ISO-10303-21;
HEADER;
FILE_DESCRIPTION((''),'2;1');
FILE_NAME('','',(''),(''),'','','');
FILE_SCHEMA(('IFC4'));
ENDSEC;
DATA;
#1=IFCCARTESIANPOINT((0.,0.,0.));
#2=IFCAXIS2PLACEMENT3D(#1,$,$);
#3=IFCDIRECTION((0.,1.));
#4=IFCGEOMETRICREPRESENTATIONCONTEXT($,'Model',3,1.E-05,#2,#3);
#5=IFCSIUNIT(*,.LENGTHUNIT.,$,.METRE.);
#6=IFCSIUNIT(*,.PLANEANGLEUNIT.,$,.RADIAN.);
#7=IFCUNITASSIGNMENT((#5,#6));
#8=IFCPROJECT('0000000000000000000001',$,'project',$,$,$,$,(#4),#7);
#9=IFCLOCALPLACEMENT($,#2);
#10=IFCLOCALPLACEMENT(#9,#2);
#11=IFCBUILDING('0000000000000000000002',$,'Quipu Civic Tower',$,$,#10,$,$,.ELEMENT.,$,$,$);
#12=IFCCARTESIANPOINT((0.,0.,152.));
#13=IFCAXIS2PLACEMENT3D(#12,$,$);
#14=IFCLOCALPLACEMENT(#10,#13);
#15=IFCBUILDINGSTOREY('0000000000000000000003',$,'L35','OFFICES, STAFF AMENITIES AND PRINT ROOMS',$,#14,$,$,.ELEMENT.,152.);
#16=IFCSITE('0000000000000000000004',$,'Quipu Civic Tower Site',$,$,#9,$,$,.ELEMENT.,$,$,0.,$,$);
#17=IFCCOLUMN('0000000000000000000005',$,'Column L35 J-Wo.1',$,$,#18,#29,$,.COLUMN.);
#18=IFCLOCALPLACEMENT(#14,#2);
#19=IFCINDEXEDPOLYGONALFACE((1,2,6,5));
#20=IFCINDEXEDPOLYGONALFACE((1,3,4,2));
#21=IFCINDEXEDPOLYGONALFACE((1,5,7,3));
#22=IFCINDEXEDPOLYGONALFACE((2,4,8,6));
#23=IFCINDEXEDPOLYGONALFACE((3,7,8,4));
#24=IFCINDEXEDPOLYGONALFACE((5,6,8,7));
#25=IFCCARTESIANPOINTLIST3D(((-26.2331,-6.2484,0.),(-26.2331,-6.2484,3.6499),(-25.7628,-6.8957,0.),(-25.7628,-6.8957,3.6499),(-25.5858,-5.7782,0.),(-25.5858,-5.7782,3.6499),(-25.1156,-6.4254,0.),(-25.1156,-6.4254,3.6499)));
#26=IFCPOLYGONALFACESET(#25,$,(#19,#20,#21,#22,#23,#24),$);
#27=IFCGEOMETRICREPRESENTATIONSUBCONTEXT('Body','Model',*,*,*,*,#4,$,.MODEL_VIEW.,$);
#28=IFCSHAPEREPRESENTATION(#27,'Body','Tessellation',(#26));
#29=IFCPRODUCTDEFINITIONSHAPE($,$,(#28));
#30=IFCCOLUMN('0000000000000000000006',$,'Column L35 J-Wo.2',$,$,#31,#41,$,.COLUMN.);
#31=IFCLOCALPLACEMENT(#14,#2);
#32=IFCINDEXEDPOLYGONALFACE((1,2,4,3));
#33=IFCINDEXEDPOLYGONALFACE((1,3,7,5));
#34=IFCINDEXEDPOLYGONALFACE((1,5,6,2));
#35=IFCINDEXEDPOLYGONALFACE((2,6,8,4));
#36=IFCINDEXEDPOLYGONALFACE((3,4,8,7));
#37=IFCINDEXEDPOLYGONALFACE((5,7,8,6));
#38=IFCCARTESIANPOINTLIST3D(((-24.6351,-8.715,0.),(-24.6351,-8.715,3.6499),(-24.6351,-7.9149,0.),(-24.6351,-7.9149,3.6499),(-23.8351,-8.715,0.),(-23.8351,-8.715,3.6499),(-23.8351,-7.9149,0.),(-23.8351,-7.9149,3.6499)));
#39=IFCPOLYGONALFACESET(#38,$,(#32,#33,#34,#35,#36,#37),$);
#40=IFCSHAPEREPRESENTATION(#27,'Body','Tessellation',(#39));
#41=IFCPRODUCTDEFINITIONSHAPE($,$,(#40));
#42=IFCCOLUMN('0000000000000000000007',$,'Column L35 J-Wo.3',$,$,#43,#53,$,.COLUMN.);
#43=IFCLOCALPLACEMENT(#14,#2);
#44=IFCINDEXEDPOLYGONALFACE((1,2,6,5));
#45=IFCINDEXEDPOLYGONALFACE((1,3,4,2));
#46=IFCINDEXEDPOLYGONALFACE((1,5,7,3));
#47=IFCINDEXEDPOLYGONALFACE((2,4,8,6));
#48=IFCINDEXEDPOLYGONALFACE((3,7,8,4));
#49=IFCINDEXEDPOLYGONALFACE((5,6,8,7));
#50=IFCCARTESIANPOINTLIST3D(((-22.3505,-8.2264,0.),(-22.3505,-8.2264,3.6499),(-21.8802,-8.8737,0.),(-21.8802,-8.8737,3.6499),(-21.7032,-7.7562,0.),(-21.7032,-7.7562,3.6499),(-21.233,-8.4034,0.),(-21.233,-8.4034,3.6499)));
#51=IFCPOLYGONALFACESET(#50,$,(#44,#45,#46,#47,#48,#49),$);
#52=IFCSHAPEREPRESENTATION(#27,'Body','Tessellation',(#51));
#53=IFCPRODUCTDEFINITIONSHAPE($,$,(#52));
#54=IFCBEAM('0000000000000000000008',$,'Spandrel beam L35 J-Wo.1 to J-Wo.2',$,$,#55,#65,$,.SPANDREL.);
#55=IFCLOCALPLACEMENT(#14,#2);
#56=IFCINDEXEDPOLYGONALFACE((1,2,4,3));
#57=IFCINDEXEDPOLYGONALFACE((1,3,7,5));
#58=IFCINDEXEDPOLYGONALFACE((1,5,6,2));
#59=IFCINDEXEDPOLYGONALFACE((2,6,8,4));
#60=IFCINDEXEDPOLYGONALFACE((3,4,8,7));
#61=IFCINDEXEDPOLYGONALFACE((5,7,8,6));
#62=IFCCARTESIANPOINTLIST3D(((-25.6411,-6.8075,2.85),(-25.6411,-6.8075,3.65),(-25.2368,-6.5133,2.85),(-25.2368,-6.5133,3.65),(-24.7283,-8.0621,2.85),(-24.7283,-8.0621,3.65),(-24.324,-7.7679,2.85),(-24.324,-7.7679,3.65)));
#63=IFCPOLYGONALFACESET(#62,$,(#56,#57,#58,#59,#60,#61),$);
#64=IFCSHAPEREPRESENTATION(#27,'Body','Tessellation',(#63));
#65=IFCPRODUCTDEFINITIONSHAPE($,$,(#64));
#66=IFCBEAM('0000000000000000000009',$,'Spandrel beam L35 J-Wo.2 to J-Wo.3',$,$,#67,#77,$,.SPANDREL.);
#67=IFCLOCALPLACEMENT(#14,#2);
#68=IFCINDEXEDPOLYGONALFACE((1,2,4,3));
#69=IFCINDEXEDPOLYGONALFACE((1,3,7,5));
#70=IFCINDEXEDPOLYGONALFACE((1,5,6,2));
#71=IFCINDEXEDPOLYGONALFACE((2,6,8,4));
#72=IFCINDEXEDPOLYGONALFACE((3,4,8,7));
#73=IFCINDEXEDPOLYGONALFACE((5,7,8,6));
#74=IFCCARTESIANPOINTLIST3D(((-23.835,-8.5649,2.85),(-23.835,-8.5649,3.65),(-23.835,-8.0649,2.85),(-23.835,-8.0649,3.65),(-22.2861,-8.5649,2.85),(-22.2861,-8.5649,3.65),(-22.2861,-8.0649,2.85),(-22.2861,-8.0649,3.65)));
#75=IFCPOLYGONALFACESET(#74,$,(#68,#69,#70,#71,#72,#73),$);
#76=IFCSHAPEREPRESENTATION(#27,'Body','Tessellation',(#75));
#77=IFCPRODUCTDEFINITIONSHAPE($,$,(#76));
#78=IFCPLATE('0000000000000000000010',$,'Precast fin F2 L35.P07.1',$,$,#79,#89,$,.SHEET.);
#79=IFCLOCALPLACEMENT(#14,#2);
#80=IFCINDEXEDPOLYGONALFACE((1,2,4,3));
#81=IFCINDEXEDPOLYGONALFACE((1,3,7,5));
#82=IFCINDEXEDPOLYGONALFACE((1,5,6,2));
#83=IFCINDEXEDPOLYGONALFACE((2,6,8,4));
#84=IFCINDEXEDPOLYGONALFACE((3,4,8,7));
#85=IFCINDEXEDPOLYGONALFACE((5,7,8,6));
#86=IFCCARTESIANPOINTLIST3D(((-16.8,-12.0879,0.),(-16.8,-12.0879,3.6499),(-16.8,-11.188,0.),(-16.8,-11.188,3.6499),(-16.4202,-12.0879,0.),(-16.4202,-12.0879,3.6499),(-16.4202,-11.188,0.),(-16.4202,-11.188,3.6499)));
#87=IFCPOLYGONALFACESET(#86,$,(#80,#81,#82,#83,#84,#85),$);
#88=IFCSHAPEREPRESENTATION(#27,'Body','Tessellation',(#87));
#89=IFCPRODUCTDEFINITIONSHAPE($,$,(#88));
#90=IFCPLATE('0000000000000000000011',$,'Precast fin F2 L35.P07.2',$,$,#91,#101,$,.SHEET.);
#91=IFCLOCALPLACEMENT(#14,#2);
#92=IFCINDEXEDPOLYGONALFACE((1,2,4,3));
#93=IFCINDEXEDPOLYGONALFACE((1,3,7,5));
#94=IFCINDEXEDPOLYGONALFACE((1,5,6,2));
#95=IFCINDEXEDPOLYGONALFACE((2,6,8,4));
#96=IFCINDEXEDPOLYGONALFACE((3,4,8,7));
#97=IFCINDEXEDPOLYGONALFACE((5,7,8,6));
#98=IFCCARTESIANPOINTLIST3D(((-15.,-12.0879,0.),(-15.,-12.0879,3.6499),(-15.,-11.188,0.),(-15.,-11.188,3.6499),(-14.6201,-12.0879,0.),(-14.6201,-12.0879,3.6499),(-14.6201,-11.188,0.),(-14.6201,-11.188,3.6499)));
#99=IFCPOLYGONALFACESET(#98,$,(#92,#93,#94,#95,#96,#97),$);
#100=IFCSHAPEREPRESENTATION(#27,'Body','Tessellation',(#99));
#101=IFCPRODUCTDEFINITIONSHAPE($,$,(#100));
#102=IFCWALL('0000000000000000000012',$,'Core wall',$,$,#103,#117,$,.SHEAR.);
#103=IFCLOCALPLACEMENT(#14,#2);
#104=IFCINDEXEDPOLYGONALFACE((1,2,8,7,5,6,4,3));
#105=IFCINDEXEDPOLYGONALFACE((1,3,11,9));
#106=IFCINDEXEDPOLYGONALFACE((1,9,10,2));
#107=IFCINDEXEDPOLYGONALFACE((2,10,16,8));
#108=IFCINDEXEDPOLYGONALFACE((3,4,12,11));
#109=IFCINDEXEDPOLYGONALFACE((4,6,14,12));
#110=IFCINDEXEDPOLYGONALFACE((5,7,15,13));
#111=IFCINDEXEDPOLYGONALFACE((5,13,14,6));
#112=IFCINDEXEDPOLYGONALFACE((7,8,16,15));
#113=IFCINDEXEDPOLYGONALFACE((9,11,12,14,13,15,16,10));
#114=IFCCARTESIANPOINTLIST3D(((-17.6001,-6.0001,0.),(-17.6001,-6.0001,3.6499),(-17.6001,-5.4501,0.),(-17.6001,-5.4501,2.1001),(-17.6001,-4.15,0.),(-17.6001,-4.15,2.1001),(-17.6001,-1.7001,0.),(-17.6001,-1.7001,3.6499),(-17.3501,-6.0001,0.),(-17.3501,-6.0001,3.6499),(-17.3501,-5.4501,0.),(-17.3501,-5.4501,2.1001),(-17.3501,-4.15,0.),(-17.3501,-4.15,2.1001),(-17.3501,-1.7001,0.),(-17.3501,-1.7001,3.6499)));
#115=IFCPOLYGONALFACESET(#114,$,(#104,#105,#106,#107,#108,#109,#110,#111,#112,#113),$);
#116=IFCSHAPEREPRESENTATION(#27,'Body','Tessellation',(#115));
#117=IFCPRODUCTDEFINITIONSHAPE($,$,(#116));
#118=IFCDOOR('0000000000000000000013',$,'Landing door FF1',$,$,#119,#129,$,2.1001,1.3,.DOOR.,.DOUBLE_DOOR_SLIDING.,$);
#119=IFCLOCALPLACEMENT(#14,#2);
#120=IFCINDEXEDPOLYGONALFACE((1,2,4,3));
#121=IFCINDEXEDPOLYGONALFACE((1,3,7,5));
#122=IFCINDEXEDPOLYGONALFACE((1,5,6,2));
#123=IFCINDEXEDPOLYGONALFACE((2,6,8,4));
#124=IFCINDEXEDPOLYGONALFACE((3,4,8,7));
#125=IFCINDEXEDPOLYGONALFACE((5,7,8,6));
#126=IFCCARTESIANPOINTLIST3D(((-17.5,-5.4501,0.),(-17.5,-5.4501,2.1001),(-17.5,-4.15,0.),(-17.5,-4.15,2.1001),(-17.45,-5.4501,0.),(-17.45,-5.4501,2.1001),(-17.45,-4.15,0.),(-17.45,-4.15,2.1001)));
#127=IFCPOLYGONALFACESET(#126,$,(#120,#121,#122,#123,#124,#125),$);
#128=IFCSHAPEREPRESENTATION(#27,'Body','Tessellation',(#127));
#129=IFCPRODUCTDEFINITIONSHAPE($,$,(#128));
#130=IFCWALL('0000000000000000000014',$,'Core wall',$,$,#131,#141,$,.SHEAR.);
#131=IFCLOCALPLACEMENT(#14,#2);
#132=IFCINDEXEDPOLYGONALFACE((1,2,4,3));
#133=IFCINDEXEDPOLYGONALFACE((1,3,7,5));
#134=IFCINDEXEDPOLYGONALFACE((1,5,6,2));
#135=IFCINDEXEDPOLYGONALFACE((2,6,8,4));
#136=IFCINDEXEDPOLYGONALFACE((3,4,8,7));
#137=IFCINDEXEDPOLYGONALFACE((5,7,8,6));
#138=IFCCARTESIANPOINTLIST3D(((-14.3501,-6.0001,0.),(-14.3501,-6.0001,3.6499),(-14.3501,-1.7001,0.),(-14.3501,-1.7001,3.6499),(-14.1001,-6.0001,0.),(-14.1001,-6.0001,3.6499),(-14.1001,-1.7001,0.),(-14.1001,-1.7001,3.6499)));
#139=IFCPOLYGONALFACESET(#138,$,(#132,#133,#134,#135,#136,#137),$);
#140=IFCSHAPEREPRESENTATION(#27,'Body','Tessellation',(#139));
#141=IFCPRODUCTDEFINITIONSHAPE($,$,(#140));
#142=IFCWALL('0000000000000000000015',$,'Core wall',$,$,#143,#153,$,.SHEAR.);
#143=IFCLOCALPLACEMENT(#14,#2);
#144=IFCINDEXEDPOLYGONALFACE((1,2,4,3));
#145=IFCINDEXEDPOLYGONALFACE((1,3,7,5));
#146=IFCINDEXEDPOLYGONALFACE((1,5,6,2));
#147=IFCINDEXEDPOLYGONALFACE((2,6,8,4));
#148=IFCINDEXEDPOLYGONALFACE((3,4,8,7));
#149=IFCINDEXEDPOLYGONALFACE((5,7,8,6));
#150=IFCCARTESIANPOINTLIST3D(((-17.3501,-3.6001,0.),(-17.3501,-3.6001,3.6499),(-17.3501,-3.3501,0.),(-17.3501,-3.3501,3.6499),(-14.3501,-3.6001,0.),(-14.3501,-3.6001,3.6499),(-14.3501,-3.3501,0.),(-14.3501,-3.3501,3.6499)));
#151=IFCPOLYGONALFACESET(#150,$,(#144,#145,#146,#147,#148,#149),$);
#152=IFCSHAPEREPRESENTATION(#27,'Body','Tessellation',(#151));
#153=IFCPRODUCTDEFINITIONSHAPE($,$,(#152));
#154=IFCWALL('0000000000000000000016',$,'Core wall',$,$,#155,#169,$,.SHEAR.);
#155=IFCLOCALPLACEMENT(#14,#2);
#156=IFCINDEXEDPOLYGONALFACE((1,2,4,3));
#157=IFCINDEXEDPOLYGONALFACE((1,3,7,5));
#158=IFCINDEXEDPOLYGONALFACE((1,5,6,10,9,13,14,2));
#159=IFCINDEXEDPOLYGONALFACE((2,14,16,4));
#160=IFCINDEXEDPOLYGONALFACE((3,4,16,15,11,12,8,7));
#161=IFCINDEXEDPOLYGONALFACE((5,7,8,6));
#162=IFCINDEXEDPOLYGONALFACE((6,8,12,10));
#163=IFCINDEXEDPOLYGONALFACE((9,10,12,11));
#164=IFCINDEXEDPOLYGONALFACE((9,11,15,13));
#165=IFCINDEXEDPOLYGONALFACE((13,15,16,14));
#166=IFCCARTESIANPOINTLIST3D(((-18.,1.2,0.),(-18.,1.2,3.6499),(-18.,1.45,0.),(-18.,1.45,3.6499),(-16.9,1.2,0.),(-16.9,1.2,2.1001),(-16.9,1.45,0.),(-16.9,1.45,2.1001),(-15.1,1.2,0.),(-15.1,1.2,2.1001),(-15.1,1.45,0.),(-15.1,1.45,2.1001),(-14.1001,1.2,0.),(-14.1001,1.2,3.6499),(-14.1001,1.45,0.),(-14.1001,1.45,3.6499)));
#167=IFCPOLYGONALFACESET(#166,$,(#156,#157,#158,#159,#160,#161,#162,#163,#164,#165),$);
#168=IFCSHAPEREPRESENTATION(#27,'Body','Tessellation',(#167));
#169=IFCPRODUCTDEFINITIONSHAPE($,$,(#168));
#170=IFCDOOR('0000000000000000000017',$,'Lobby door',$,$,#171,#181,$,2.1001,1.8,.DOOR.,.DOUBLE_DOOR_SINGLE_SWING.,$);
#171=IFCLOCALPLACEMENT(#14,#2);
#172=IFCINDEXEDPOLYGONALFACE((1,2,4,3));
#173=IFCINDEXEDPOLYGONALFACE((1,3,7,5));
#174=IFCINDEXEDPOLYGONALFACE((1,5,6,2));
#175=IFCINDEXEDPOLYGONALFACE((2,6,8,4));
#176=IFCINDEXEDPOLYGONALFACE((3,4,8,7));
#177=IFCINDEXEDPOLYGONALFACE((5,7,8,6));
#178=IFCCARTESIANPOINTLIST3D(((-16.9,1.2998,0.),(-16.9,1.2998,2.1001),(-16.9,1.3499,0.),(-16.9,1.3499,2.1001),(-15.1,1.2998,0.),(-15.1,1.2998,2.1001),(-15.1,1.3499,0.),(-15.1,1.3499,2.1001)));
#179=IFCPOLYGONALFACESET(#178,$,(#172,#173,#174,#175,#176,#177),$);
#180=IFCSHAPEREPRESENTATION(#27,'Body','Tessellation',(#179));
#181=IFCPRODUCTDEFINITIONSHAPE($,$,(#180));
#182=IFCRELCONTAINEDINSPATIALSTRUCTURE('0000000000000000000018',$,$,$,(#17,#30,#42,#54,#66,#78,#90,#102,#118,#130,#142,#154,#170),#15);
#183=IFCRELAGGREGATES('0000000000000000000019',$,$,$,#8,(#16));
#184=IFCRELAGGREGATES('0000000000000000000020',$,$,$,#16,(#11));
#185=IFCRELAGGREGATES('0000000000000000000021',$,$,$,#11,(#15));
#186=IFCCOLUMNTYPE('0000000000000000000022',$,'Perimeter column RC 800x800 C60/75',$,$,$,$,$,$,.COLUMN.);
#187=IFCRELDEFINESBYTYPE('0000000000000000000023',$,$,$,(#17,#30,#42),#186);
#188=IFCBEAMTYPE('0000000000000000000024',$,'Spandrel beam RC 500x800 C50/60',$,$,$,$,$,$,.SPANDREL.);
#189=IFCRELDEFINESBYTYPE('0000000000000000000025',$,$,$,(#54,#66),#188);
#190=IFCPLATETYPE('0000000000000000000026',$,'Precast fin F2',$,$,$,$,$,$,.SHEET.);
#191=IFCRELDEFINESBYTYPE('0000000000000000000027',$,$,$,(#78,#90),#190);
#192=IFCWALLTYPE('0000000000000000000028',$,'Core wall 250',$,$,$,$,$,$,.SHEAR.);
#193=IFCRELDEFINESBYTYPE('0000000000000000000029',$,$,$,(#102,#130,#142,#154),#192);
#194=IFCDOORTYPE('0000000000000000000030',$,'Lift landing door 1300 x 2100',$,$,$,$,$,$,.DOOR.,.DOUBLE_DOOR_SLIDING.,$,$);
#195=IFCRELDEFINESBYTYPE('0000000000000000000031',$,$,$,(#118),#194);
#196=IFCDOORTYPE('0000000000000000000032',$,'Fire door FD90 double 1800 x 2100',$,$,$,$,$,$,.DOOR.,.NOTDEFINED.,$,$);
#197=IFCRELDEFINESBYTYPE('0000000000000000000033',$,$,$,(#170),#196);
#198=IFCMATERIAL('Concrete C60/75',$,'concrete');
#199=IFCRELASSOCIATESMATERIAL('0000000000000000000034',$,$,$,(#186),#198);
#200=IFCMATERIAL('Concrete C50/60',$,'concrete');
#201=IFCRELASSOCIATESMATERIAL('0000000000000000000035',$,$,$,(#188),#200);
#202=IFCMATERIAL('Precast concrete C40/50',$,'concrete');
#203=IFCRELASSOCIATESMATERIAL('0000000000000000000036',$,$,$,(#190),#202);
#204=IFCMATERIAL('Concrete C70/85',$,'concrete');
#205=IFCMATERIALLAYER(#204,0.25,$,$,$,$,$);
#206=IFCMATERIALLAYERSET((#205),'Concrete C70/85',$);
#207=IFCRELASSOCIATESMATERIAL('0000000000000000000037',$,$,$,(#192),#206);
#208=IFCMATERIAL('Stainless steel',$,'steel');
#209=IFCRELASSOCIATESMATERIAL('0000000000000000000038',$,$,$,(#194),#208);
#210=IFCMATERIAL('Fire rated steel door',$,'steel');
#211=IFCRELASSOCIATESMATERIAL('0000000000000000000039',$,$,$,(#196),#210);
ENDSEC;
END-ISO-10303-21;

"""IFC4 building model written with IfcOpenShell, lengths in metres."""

from ifc_helpers import new_model, si_unit, direction, frame, frame_2d, origin, origin_2d, place, context, subcontext, project, spatial, rectangle, extrude, material, layer, layer_set, material_profile, profile_set, type_object, element, fill, save


model = new_model("IFC4")

# Units and contexts
model_context = context("Model", 3, precision=1e-05, world=origin(), true_north=direction((0.0, 1.0)))
body_context = subcontext(model_context, "Body", "Model", "MODEL_VIEW")
ifc_project = project(units=[si_unit("LENGTHUNIT", "METRE"), si_unit("PLANEANGLEUNIT", "RADIAN")], contexts=[model_context])

# Site, building, storey
site_placement = place(None, origin())
site = spatial("IfcSite", under=ifc_project, at=site_placement, Name="Quipu Civic Tower Site", CompositionType="ELEMENT", RefElevation=0.0)
building_placement = place(site_placement, origin())
building = spatial("IfcBuilding", under=site, at=building_placement, Name="Quipu Civic Tower", CompositionType="ELEMENT")
storey_placement = place(building_placement, frame((0.0, 0.0, 152.0)))
storey = spatial("IfcBuildingStorey", under=building, at=storey_placement, Name="L35", Description="OFFICES, STAFF AMENITIES AND PRINT ROOMS", CompositionType="ELEMENT", Elevation=152.0)

# Columns
ifc_material_1 = material(Name="Concrete C60/75", Category="concrete")
ifc_material_profile_1 = material_profile(ifc_material_1, rectangle(XDim=0.8, YDim=0.8, at=origin_2d()), Name="RC800x800")
ifc_profile_set_1 = profile_set([ifc_material_profile_1], Name="Concrete C60/75")
column_type = type_object("IfcColumnType", Name="Perimeter column RC 800x800 C60/75", PredefinedType="COLUMN", material=ifc_profile_set_1)
for number, where, z_axis, x_axis, name in (
    (1, (-25.6743, -6.3369, 0.0), (0.0, 0.0, 1.0), (0.587785, -0.809017, 0.0), "Column L35 J-Wo.1"),
    (2, (-24.2351, -8.3149, 0.0), (0.0, 0.0, 1.0), (1.0, 0.0, 0.0), "Column L35 J-Wo.2"),
    (3, (-21.7917, -8.3149, 0.0), (0.0, 0.0, 1.0), (0.587785, -0.809017, 0.0), "Column L35 J-Wo.3"),
):
    element("IfcColumn", number, at=place(storey_placement, frame(where, z_axis=z_axis, x_axis=x_axis)), inside=storey, type_object=column_type, Name=name, PredefinedType="COLUMN", context=body_context, shape_type="SweptSolid", body=[
        extrude(rectangle(XDim=0.8, YDim=0.8, at=origin_2d()), origin(), (0.0, 0.0, 1.0), 3.6499),
    ])

# Beams
ifc_material_2 = material(Name="Concrete C50/60", Category="concrete")
ifc_material_profile_2 = material_profile(ifc_material_2, rectangle(XDim=0.5, YDim=0.8, at=origin_2d()), Name="RC500x800")
ifc_profile_set_2 = profile_set([ifc_material_profile_2], Name="Concrete C50/60")
beam_type = type_object("IfcBeamType", Name="Spandrel beam RC 500x800 C50/60", PredefinedType="SPANDREL", material=ifc_profile_set_2)
beam_1_placement = place(storey_placement, frame((-25.439, -6.6604, 3.25), z_axis=(0.588331, -0.80862, 0.0), x_axis=(0.80862, 0.588331, 0.0)))
element("IfcBeam", 4, at=beam_1_placement, inside=storey, type_object=beam_type, Name="Spandrel beam L35 J-Wo.1 to J-Wo.2", PredefinedType="SPANDREL", context=body_context, shape_type="SweptSolid", body=[
    extrude(rectangle(XDim=0.5, YDim=0.8, at=origin_2d()), origin(), (0.0, 0.0, 1.0), 1.5515),
])
beam_2_placement = place(storey_placement, frame((-23.835, -8.3149, 3.25), z_axis=(1.0, 0.0, 0.0), x_axis=(0.0, 1.0, 0.0)))
element("IfcBeam", 5, at=beam_2_placement, inside=storey, type_object=beam_type, Name="Spandrel beam L35 J-Wo.2 to J-Wo.3", PredefinedType="SPANDREL", context=body_context, shape_type="SweptSolid", body=[
    extrude(rectangle(XDim=0.5, YDim=0.8, at=origin_2d()), origin(), (0.0, 0.0, 1.0), 1.5488),
])

# Plates
ifc_material_3 = material(Name="Precast concrete C40/50", Category="concrete")
plate_type = type_object("IfcPlateType", Name="Precast fin F2", PredefinedType="SHEET", material=ifc_material_3)
for number, where, z_axis, x_axis, name in (
    (6, (-16.6101, -11.6379, 0.0), (0.0, 0.0, 1.0), (1.0, 0.0, 0.0), "Precast fin F2 L35.P07.1"),
    (7, (-14.8101, -11.6379, 0.0), (0.0, 0.0, 1.0), (1.0, 0.0, 0.0), "Precast fin F2 L35.P07.2"),
):
    element("IfcPlate", number, at=place(storey_placement, frame(where, z_axis=z_axis, x_axis=x_axis)), inside=storey, type_object=plate_type, Name=name, PredefinedType="SHEET", context=body_context, shape_type="SweptSolid", body=[
        extrude(rectangle(XDim=0.3799, YDim=0.8999, at=origin_2d()), origin(), (0.0, 0.0, 1.0), 3.6499),
    ])

# Wall, opening, door
ifc_material_4 = material(Name="Concrete C70/85", Category="concrete")
ifc_layer_1 = layer(ifc_material_4, 0.25)
ifc_layer_set_1 = layer_set([ifc_layer_1], Name="Concrete C70/85")
wall_type_1 = type_object("IfcWallType", Name="Core wall 250", PredefinedType="SHEAR", material=ifc_layer_set_1)
wall_1_placement = place(storey_placement, frame((-17.4751, -6.0, 0.0), z_axis=(0.0, 0.0, 1.0), x_axis=(0.0, 1.0, 0.0)))
wall_1 = element("IfcWall", 8, at=wall_1_placement, inside=storey, type_object=wall_type_1, Name="Core wall", PredefinedType="SHEAR", context=body_context, shape_type="SweptSolid", body=[
    extrude(rectangle(XDim=4.3, YDim=0.25, at=frame_2d((2.1499, 0.0))), origin(), (0.0, 0.0, 1.0), 3.6499),
])
opening_1_placement = place(wall_1_placement, frame((0.55, 0.0, 0.0)))
opening_1 = element("IfcOpeningElement", 9, at=opening_1_placement, cuts=wall_1, PredefinedType="OPENING", context=body_context, shape_type="SweptSolid", body=[
    extrude(rectangle(XDim=1.3, YDim=2.1001, at=frame_2d((0.6499, 1.05))), frame((0.0, 0.135, 0.0), z_axis=(0.0, -1.0, 0.0), x_axis=(1.0, 0.0, 0.0)), (0.0, 0.0, 1.0), 0.27),
])
ifc_material_5 = material(Name="Stainless steel", Category="steel")
door_type_1 = type_object("IfcDoorType", Name="Lift landing door 1300 x 2100", OperationType="DOUBLE_DOOR_SLIDING", PredefinedType="DOOR", material=ifc_material_5)
door_1_placement = place(opening_1_placement, origin())
door_1 = element("IfcDoor", 10, at=door_1_placement, inside=storey, type_object=door_type_1, Name="Landing door FF1", OperationType="DOUBLE_DOOR_SLIDING", OverallHeight=2.1001, OverallWidth=1.3, PredefinedType="DOOR", context=body_context, shape_type="SweptSolid", body=[
    extrude(rectangle(XDim=1.3, YDim=2.1001, at=frame_2d((0.6499, 1.05))), frame((0.0, 0.0249, 0.0), z_axis=(0.0, -1.0, 0.0), x_axis=(1.0, 0.0, 0.0)), (0.0, 0.0, 1.0), 0.05),
])
fill(opening_1, door_1)

# Walls
wall_2_placement = place(storey_placement, frame((-14.2251, -6.0, 0.0), z_axis=(0.0, 0.0, 1.0), x_axis=(0.0, 1.0, 0.0)))
element("IfcWall", 11, at=wall_2_placement, inside=storey, type_object=wall_type_1, Name="Core wall", PredefinedType="SHEAR", context=body_context, shape_type="SweptSolid", body=[
    extrude(rectangle(XDim=4.3, YDim=0.25, at=frame_2d((2.1499, 0.0))), origin(), (0.0, 0.0, 1.0), 3.6499),
])
wall_3_placement = place(storey_placement, frame((-17.3501, -3.4751, 0.0), z_axis=(0.0, 0.0, 1.0), x_axis=(1.0, 0.0, 0.0)))
element("IfcWall", 12, at=wall_3_placement, inside=storey, type_object=wall_type_1, Name="Core wall", PredefinedType="SHEAR", context=body_context, shape_type="SweptSolid", body=[
    extrude(rectangle(XDim=3.0, YDim=0.25, at=frame_2d((1.5, 0.0))), origin(), (0.0, 0.0, 1.0), 3.6499),
])

# Wall, opening, door
wall_4_placement = place(storey_placement, frame((-18.0, 1.325, 0.0), z_axis=(0.0, 0.0, 1.0), x_axis=(1.0, 0.0, 0.0)))
wall_4 = element("IfcWall", 13, at=wall_4_placement, inside=storey, type_object=wall_type_1, Name="Core wall", PredefinedType="SHEAR", context=body_context, shape_type="SweptSolid", body=[
    extrude(rectangle(XDim=3.8999, YDim=0.25, at=frame_2d((1.95, 0.0))), origin(), (0.0, 0.0, 1.0), 3.6499),
])
opening_2_placement = place(wall_4_placement, frame((1.1001, 0.0, 0.0)))
opening_2 = element("IfcOpeningElement", 14, at=opening_2_placement, cuts=wall_4, PredefinedType="OPENING", context=body_context, shape_type="SweptSolid", body=[
    extrude(rectangle(XDim=1.8, YDim=2.1001, at=frame_2d((0.8999, 1.05))), frame((0.0, 0.135, 0.0), z_axis=(0.0, -1.0, 0.0), x_axis=(1.0, 0.0, 0.0)), (0.0, 0.0, 1.0), 0.27),
])
ifc_material_6 = material(Name="Fire rated steel door", Category="steel")
door_type_2 = type_object("IfcDoorType", Name="Fire door FD90 double 1800 x 2100", OperationType="NOTDEFINED", PredefinedType="DOOR", material=ifc_material_6)
door_2_placement = place(opening_2_placement, origin())
door_2 = element("IfcDoor", 15, at=door_2_placement, inside=storey, type_object=door_type_2, Name="Lobby door", OperationType="DOUBLE_DOOR_SINGLE_SWING", OverallHeight=2.1001, OverallWidth=1.8, PredefinedType="DOOR", context=body_context, shape_type="SweptSolid", body=[
    extrude(rectangle(XDim=1.8, YDim=2.1001, at=frame_2d((0.8999, 1.05))), frame((0.0, 0.0249, 0.0), z_axis=(0.0, -1.0, 0.0), x_axis=(1.0, 0.0, 0.0)), (0.0, 0.0, 1.0), 0.05),
])
fill(opening_2, door_2)

save(model, "model.ifc")
